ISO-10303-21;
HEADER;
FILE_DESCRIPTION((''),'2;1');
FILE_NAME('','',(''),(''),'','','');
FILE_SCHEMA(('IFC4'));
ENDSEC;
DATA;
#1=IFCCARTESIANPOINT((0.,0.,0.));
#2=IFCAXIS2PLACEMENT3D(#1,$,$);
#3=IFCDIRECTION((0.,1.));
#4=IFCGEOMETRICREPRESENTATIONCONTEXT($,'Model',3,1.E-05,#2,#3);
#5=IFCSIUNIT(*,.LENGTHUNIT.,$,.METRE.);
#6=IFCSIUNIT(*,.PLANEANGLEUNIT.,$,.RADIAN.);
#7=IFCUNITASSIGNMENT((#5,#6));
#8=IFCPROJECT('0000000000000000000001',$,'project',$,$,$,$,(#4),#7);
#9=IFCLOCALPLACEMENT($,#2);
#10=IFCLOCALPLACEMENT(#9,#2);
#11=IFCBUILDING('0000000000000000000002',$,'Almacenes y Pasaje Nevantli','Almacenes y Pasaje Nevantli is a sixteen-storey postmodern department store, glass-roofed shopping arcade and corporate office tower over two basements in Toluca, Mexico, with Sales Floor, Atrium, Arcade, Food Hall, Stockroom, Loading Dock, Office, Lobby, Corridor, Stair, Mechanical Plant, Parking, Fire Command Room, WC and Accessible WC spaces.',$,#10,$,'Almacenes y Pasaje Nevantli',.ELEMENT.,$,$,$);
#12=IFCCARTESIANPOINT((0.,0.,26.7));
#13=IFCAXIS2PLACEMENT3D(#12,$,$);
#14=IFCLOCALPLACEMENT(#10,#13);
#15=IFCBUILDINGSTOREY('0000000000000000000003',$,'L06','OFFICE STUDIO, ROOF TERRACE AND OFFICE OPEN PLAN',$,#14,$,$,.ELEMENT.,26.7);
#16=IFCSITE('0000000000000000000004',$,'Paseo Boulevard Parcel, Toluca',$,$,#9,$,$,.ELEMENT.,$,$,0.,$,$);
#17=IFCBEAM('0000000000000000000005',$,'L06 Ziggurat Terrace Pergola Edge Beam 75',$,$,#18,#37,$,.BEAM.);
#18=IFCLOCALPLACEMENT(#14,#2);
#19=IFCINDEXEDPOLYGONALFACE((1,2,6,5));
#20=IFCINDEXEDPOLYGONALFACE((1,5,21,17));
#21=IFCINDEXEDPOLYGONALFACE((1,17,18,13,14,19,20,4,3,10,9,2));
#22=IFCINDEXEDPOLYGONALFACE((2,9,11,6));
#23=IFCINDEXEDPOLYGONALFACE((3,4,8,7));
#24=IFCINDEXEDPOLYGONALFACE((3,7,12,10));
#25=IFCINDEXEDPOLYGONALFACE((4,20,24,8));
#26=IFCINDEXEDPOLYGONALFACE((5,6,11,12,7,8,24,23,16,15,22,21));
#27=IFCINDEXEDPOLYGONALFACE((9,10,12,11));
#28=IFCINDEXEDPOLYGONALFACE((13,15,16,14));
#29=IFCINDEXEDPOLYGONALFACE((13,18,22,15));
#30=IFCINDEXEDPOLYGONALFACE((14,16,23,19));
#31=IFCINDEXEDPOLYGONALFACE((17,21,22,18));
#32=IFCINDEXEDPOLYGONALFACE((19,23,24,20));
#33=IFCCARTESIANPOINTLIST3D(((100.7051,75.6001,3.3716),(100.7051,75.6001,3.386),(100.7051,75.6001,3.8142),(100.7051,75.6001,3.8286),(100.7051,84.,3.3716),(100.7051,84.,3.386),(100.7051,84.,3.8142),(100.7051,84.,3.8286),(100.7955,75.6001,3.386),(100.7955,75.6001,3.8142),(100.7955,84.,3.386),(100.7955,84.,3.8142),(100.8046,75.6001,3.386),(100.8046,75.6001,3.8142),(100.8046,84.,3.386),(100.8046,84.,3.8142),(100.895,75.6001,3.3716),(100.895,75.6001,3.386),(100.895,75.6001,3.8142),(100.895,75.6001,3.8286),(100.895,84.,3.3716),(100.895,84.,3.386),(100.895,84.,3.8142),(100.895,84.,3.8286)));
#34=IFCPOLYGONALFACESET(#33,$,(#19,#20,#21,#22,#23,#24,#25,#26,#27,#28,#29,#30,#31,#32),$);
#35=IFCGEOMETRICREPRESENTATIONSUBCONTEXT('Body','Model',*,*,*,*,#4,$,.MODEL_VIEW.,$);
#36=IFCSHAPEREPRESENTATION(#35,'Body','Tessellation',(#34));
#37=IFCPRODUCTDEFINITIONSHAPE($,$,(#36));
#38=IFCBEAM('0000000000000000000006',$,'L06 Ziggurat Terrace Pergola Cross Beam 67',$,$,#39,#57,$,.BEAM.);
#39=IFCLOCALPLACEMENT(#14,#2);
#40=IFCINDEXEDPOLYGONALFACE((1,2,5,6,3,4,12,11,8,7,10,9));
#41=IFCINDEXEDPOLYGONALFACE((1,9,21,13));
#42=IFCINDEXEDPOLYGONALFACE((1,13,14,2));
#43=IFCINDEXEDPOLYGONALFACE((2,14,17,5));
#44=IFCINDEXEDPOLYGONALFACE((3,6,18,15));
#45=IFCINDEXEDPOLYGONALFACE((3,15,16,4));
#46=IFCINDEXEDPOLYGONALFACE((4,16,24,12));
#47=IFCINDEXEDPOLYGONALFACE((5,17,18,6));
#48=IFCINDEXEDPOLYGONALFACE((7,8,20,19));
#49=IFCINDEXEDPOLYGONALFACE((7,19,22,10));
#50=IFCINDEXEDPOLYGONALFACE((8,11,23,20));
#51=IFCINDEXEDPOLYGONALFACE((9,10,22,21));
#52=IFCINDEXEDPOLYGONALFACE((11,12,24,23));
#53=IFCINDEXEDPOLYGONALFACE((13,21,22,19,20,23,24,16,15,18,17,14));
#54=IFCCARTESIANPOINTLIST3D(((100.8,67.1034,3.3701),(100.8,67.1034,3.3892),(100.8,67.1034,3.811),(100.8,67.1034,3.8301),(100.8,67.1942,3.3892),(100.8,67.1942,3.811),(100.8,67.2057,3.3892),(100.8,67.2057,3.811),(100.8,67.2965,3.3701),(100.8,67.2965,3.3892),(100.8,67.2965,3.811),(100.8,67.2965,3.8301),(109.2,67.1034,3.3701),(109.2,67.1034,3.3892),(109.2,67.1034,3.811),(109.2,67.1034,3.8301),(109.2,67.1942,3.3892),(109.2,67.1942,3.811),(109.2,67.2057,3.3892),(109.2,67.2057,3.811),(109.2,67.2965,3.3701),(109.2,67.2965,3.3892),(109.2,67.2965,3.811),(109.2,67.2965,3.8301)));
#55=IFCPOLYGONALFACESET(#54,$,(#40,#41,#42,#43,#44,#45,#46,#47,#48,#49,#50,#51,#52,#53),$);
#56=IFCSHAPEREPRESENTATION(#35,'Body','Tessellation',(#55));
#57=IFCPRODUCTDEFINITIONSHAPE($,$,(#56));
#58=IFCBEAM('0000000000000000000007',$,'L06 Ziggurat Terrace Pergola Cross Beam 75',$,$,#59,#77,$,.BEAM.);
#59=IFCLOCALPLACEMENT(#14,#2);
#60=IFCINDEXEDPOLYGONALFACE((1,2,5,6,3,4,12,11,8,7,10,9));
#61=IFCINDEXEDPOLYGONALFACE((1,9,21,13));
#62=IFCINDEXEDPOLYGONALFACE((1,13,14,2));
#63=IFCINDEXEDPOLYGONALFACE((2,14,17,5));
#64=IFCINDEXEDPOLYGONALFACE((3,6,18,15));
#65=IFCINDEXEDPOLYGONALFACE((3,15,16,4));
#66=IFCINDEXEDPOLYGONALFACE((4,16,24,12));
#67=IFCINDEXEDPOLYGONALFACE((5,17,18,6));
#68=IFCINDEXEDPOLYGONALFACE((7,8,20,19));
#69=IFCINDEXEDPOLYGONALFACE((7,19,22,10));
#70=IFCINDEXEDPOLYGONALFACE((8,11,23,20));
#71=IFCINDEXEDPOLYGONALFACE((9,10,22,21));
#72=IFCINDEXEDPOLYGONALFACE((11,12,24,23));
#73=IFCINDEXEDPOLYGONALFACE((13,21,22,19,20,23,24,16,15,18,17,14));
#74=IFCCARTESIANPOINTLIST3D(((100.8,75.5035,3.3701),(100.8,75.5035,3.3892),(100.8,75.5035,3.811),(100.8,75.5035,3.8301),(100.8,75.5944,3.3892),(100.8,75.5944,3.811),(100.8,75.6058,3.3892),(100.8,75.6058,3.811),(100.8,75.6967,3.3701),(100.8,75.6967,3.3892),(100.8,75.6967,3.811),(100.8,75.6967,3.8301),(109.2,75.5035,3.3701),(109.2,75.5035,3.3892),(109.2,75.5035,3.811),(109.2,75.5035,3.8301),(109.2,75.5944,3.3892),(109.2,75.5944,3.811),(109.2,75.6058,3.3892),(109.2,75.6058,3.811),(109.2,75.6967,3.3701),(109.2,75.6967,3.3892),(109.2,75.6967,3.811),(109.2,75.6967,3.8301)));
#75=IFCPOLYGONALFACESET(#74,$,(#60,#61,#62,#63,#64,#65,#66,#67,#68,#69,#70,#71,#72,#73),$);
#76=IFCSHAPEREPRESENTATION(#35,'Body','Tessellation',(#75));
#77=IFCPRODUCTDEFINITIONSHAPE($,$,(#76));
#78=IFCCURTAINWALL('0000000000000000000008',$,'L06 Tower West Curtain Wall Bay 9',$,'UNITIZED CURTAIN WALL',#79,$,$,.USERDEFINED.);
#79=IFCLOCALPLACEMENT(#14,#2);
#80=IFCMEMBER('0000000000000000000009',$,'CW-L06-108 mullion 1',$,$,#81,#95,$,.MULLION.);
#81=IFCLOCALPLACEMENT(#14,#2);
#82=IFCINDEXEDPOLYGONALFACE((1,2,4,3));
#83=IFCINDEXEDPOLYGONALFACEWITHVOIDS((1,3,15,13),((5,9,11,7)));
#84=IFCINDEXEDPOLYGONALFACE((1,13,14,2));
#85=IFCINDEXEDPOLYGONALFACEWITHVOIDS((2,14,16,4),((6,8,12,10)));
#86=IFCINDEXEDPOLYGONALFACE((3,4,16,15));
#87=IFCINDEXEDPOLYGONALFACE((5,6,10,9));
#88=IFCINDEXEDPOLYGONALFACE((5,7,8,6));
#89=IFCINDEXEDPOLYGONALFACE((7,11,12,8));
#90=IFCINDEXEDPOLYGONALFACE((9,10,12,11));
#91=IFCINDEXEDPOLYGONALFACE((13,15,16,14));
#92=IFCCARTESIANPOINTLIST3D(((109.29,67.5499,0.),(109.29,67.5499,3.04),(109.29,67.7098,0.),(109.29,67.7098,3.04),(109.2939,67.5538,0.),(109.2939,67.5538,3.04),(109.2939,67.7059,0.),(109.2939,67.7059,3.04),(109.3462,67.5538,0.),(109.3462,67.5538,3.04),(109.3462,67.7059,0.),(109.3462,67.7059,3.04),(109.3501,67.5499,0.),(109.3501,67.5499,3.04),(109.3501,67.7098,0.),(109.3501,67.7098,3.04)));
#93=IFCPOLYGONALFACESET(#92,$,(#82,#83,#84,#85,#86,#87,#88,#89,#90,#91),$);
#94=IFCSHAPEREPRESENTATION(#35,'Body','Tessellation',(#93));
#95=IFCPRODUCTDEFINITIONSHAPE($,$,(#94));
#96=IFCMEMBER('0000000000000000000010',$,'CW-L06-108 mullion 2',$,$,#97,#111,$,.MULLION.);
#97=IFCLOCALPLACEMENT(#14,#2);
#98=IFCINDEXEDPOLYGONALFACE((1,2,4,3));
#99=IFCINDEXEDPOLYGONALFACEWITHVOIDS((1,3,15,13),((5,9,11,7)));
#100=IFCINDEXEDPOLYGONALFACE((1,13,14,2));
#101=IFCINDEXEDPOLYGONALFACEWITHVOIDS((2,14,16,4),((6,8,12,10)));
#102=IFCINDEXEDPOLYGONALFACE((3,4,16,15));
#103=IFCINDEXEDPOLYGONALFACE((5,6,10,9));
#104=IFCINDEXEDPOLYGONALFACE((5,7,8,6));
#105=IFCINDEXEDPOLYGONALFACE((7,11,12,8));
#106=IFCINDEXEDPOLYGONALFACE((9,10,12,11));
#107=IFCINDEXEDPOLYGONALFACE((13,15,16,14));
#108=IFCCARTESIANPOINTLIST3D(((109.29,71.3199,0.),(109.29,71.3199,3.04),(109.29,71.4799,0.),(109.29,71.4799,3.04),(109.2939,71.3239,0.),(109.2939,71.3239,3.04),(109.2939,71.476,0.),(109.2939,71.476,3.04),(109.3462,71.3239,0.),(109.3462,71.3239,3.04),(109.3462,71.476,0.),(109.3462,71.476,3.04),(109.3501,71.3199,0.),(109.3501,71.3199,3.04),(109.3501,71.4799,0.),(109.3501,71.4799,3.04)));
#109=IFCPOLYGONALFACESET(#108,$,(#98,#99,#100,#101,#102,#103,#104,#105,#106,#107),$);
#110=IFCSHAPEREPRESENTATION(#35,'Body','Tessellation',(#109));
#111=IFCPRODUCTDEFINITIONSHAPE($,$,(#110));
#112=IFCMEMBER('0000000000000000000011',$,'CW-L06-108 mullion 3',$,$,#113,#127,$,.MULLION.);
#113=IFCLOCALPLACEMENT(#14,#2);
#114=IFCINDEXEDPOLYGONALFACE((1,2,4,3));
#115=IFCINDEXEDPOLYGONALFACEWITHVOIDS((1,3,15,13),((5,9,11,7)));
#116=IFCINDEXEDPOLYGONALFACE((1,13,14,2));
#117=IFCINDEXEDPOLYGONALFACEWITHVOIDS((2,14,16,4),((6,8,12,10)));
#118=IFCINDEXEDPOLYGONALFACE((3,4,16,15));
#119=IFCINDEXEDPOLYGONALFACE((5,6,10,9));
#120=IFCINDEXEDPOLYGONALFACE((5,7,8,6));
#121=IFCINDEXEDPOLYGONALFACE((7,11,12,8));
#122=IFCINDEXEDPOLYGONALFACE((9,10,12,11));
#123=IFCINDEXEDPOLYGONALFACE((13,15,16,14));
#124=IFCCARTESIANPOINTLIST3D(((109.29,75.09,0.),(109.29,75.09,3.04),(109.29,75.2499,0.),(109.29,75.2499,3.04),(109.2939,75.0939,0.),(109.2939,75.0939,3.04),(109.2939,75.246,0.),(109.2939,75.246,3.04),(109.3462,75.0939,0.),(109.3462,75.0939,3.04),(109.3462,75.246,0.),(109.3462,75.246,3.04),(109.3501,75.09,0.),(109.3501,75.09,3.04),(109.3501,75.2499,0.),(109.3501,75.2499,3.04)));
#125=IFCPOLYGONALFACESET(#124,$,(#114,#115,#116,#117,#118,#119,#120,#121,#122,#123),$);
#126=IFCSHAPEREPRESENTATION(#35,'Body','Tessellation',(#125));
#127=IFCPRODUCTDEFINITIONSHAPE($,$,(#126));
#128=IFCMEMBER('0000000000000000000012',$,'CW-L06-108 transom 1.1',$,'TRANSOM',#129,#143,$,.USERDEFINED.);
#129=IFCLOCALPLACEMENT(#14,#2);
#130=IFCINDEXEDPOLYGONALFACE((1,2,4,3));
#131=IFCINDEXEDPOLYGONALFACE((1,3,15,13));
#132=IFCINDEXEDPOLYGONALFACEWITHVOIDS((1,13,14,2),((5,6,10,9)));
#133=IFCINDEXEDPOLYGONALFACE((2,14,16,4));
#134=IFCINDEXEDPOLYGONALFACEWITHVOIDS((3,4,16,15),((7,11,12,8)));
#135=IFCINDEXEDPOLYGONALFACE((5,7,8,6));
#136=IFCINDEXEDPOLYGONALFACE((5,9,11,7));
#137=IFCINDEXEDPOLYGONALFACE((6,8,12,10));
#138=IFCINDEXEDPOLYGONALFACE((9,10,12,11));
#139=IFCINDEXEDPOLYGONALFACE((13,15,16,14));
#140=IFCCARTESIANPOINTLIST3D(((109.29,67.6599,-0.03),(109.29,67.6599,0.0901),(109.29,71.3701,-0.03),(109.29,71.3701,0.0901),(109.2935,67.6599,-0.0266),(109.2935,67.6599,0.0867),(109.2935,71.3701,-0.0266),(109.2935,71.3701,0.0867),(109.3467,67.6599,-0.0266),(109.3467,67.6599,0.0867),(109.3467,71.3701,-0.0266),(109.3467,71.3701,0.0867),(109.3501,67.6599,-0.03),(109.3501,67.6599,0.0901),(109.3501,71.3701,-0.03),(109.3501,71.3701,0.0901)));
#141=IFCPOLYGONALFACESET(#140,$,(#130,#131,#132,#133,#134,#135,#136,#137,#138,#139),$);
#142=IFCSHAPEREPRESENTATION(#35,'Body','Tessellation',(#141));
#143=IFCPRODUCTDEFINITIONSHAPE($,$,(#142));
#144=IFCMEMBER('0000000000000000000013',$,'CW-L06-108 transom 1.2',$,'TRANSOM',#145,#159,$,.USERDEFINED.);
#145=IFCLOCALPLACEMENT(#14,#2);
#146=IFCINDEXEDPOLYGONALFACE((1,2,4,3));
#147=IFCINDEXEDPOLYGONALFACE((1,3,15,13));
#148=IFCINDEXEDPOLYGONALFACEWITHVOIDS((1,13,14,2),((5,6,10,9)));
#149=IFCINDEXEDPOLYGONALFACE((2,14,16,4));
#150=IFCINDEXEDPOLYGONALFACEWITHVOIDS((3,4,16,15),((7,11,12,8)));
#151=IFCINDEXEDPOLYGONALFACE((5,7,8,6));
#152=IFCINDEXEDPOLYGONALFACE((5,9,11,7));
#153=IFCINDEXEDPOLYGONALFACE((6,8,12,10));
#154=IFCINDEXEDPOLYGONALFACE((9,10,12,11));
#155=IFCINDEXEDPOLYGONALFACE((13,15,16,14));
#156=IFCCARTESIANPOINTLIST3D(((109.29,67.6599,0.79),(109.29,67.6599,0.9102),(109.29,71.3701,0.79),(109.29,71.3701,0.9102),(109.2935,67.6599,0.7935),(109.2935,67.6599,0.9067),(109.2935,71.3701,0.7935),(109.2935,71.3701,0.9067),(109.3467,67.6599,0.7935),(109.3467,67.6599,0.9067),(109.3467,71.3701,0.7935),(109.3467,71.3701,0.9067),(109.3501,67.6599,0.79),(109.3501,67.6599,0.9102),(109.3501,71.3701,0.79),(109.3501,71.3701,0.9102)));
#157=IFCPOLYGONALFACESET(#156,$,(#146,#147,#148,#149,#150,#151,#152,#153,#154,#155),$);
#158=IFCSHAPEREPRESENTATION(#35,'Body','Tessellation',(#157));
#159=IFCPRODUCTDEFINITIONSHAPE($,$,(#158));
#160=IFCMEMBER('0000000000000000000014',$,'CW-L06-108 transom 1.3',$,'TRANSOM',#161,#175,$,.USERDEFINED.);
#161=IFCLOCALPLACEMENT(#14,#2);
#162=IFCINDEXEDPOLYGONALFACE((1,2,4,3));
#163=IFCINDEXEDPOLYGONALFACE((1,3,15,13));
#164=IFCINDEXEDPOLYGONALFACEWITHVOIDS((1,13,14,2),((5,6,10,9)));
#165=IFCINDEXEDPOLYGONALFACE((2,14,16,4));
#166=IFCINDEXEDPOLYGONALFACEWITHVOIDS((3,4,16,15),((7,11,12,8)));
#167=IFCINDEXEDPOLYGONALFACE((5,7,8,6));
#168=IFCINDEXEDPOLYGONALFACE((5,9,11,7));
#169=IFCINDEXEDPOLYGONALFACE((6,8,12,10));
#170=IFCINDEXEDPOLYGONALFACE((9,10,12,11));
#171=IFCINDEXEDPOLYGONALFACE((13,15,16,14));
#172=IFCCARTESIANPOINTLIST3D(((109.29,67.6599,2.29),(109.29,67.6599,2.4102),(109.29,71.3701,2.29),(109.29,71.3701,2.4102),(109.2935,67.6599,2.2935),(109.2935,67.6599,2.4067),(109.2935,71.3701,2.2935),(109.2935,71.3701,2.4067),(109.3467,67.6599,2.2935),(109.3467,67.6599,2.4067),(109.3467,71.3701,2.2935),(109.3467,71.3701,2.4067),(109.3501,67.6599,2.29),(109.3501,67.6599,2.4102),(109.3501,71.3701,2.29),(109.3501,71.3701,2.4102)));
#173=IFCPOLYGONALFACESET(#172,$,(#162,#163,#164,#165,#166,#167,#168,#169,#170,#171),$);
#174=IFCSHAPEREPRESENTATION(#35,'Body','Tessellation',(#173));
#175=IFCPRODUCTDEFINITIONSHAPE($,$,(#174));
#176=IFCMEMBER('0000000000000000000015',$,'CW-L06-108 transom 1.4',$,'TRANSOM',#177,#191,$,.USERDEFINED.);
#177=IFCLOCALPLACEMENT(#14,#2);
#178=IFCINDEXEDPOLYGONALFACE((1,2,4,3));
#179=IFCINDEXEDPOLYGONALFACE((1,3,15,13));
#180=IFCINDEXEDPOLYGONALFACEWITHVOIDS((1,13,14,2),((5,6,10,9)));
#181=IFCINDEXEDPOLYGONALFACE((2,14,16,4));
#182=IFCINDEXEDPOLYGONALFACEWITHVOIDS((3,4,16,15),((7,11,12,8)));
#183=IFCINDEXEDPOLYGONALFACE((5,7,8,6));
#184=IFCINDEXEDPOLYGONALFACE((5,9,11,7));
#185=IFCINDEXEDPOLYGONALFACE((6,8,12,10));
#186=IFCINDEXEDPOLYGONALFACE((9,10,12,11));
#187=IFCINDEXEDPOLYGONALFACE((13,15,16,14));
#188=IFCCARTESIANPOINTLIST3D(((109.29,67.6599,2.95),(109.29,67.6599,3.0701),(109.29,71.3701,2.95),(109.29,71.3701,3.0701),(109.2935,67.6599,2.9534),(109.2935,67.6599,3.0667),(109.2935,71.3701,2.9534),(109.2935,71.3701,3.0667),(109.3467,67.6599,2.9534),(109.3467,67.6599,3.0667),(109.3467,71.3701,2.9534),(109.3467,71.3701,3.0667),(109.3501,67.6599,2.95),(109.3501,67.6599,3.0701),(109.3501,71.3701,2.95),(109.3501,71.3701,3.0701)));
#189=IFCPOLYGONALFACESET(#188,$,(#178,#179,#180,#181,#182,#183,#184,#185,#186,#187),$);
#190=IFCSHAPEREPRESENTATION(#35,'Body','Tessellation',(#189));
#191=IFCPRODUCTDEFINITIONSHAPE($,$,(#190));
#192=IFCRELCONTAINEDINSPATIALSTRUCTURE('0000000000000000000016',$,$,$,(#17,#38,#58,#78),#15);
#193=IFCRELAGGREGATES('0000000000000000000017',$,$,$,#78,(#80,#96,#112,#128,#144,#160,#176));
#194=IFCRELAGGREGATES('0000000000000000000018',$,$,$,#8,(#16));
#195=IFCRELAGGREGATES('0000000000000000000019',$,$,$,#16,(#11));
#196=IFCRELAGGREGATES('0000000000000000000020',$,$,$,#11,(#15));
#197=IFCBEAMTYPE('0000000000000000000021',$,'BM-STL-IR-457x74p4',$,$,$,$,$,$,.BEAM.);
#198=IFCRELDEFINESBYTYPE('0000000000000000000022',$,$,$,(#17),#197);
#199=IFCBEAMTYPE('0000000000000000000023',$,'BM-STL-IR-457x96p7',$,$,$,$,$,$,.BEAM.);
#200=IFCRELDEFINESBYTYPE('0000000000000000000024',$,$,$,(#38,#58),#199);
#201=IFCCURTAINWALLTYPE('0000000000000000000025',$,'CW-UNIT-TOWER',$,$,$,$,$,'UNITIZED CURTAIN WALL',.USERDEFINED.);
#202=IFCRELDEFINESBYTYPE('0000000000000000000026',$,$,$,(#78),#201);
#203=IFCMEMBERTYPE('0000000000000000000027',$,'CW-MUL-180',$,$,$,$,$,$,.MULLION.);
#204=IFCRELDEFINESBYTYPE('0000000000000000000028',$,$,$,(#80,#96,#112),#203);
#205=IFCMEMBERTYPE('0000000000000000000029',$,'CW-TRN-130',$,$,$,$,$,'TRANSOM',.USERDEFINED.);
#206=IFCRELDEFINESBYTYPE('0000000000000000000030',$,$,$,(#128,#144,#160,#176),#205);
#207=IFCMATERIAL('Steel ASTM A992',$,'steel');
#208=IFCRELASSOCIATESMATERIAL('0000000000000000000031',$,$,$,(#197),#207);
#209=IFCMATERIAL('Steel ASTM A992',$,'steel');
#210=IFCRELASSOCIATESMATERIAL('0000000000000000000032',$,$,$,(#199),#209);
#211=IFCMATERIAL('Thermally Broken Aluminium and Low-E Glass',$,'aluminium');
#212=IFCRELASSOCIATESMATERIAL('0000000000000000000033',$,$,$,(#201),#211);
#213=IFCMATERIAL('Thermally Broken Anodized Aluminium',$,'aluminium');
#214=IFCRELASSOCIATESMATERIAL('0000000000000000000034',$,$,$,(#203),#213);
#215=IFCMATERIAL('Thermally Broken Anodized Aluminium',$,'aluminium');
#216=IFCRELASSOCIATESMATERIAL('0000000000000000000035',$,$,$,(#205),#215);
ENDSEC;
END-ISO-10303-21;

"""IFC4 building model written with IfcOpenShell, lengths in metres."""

from ifc_helpers import new_model, si_unit, direction, frame, origin, origin_2d, place, context, subcontext, project, spatial, hollow_rectangle, i_section, extrude, material, material_profile, profile_set, type_object, element, aggregate, save


model = new_model("IFC4")

# Units and contexts
model_context = context("Model", 3, precision=1e-05, world=origin(), true_north=direction((0.0, 1.0)))
body_context = subcontext(model_context, "Body", "Model", "MODEL_VIEW")
ifc_project = project(units=[si_unit("LENGTHUNIT", "METRE"), si_unit("PLANEANGLEUNIT", "RADIAN")], contexts=[model_context])

# Site, building, storey
site_placement = place(None, origin())
site = spatial("IfcSite", under=ifc_project, at=site_placement, Name="Paseo Boulevard Parcel, Toluca", CompositionType="ELEMENT", RefElevation=0.0)
building_placement = place(site_placement, origin())
building = spatial("IfcBuilding", under=site, at=building_placement, Name="Almacenes y Pasaje Nevantli", Description="Almacenes y Pasaje Nevantli is a sixteen-storey postmodern department store, glass-roofed shopping arcade and corporate office tower over two basements in Toluca, Mexico, with Sales Floor, Atrium, Arcade, Food Hall, Stockroom, Loading Dock, Office, Lobby, Corridor, Stair, Mechanical Plant, Parking, Fire Command Room, WC and Accessible WC spaces.", LongName="Almacenes y Pasaje Nevantli", CompositionType="ELEMENT")
storey_placement = place(building_placement, frame((0.0, 0.0, 26.7)))
storey = spatial("IfcBuildingStorey", under=building, at=storey_placement, Name="L06", Description="OFFICE STUDIO, ROOF TERRACE AND OFFICE OPEN PLAN", CompositionType="ELEMENT", Elevation=26.7)

# Beams
ifc_material_1 = material(Name="Steel ASTM A992", Category="steel")
ifc_material_profile_1 = material_profile(ifc_material_1, i_section(OverallWidth=0.1899, OverallDepth=0.457, WebThickness=0.009, FlangeThickness=0.0144, at=origin_2d()), Name="IR 457x74.4")
ifc_profile_set_1 = profile_set([ifc_material_profile_1], Name="Steel ASTM A992")
beam_type_1 = type_object("IfcBeamType", Name="BM-STL-IR-457x74p4", PredefinedType="BEAM", material=ifc_profile_set_1)
beam_1_placement = place(storey_placement, frame((100.8, 75.6001, 3.6001), z_axis=(0.0, 1.0, 0.0), x_axis=(-1.0, 0.0, 0.0)))
element("IfcBeam", 1, at=beam_1_placement, inside=storey, type_object=beam_type_1, Name="L06 Ziggurat Terrace Pergola Edge Beam 75", PredefinedType="BEAM", context=body_context, shape_type="SweptSolid", body=[
    extrude(i_section(OverallWidth=0.1899, OverallDepth=0.457, WebThickness=0.009, FlangeThickness=0.0144, at=origin_2d()), origin(), (0.0, 0.0, 1.0), 8.3999),
])
ifc_material_2 = material(Name="Steel ASTM A992", Category="steel")
ifc_material_profile_2 = material_profile(ifc_material_2, i_section(OverallWidth=0.1931, OverallDepth=0.46, WebThickness=0.0115, FlangeThickness=0.019, at=origin_2d()), Name="IR 457x96.7")
ifc_profile_set_2 = profile_set([ifc_material_profile_2], Name="Steel ASTM A992")
beam_type_2 = type_object("IfcBeamType", Name="BM-STL-IR-457x96p7", PredefinedType="BEAM", material=ifc_profile_set_2)
for number, where, z_axis, x_axis, name in (
    (2, (100.8, 67.2, 3.6001), (1.0, 0.0, 0.0), (0.0, 1.0, 0.0), "L06 Ziggurat Terrace Pergola Cross Beam 67"),
    (3, (100.8, 75.6001, 3.6001), (1.0, 0.0, 0.0), (0.0, 1.0, 0.0), "L06 Ziggurat Terrace Pergola Cross Beam 75"),
):
    element("IfcBeam", number, at=place(storey_placement, frame(where, z_axis=z_axis, x_axis=x_axis)), inside=storey, type_object=beam_type_2, Name=name, PredefinedType="BEAM", context=body_context, shape_type="SweptSolid", body=[
        extrude(i_section(OverallWidth=0.1931, OverallDepth=0.46, WebThickness=0.0115, FlangeThickness=0.019, at=origin_2d()), origin(), (0.0, 0.0, 1.0), 8.3999),
    ])

# Curtain wall, members
ifc_material_3 = material(Name="Thermally Broken Aluminium and Low-E Glass", Category="aluminium")
curtain_wall_type = type_object("IfcCurtainWallType", Name="CW-UNIT-TOWER", ElementType="UNITIZED CURTAIN WALL", PredefinedType="USERDEFINED", material=ifc_material_3)
curtain_wall_placement = place(storey_placement, origin())
curtain_wall = element("IfcCurtainWall", 4, at=curtain_wall_placement, inside=storey, type_object=curtain_wall_type, Name="L06 Tower West Curtain Wall Bay 9", ObjectType="UNITIZED CURTAIN WALL", PredefinedType="USERDEFINED")
ifc_material_4 = material(Name="Thermally Broken Anodized Aluminium", Category="aluminium")
ifc_material_profile_3 = material_profile(ifc_material_4, hollow_rectangle(XDim=0.0601, YDim=0.1599, WallThickness=0.0039, at=origin_2d()), Name="ALU-MUL-60x160")
ifc_profile_set_3 = profile_set([ifc_material_profile_3], Name="Thermally Broken Anodized Aluminium")
member_type_1 = type_object("IfcMemberType", Name="CW-MUL-180", PredefinedType="MULLION", material=ifc_profile_set_3)
member_1_placement = place(storey_placement, frame((109.3201, 67.6299, 0.0), z_axis=(0.0, 0.0, 1.0), x_axis=(-1.0, 0.0, 0.0)))
member_1 = element("IfcMember", 5, at=member_1_placement, type_object=member_type_1, Name="CW-L06-108 mullion 1", PredefinedType="MULLION", context=body_context, shape_type="SweptSolid", body=[
    extrude(hollow_rectangle(XDim=0.0601, YDim=0.1599, WallThickness=0.0039, at=origin_2d()), origin(), (0.0, 0.0, 1.0), 3.04),
])
member_2_placement = place(storey_placement, frame((109.3201, 71.3999, 0.0), z_axis=(0.0, 0.0, 1.0), x_axis=(-1.0, 0.0, 0.0)))
member_2 = element("IfcMember", 6, at=member_2_placement, type_object=member_type_1, Name="CW-L06-108 mullion 2", PredefinedType="MULLION", context=body_context, shape_type="SweptSolid", body=[
    extrude(hollow_rectangle(XDim=0.0601, YDim=0.1599, WallThickness=0.0039, at=origin_2d()), origin(), (0.0, 0.0, 1.0), 3.04),
])
member_3_placement = place(storey_placement, frame((109.3201, 75.1699, 0.0), z_axis=(0.0, 0.0, 1.0), x_axis=(-1.0, 0.0, 0.0)))
member_3 = element("IfcMember", 7, at=member_3_placement, type_object=member_type_1, Name="CW-L06-108 mullion 3", PredefinedType="MULLION", context=body_context, shape_type="SweptSolid", body=[
    extrude(hollow_rectangle(XDim=0.0601, YDim=0.1599, WallThickness=0.0039, at=origin_2d()), origin(), (0.0, 0.0, 1.0), 3.04),
])
ifc_material_5 = material(Name="Thermally Broken Anodized Aluminium", Category="aluminium")
ifc_material_profile_4 = material_profile(ifc_material_5, hollow_rectangle(XDim=0.0601, YDim=0.1201, WallThickness=0.0034, at=origin_2d()), Name="ALU-TRN-60x120")
ifc_profile_set_4 = profile_set([ifc_material_profile_4], Name="Thermally Broken Anodized Aluminium")
member_type_2 = type_object("IfcMemberType", Name="CW-TRN-130", ElementType="TRANSOM", PredefinedType="USERDEFINED", material=ifc_profile_set_4)
member_4_placement = place(storey_placement, frame((109.3201, 67.6599, 0.03), z_axis=(0.0, 1.0, 0.0), x_axis=(-1.0, 0.0, 0.0)))
member_4 = element("IfcMember", 8, at=member_4_placement, type_object=member_type_2, Name="CW-L06-108 transom 1.1", ObjectType="TRANSOM", PredefinedType="USERDEFINED", context=body_context, shape_type="SweptSolid", body=[
    extrude(hollow_rectangle(XDim=0.0601, YDim=0.1201, WallThickness=0.0034, at=origin_2d()), origin(), (0.0, 0.0, 1.0), 3.7102),
])
member_5_placement = place(storey_placement, frame((109.3201, 67.6599, 0.8501), z_axis=(0.0, 1.0, 0.0), x_axis=(-1.0, 0.0, 0.0)))
member_5 = element("IfcMember", 9, at=member_5_placement, type_object=member_type_2, Name="CW-L06-108 transom 1.2", ObjectType="TRANSOM", PredefinedType="USERDEFINED", context=body_context, shape_type="SweptSolid", body=[
    extrude(hollow_rectangle(XDim=0.0601, YDim=0.1201, WallThickness=0.0034, at=origin_2d()), origin(), (0.0, 0.0, 1.0), 3.7102),
])
member_6_placement = place(storey_placement, frame((109.3201, 67.6599, 2.3501), z_axis=(0.0, 1.0, 0.0), x_axis=(-1.0, 0.0, 0.0)))
member_6 = element("IfcMember", 10, at=member_6_placement, type_object=member_type_2, Name="CW-L06-108 transom 1.3", ObjectType="TRANSOM", PredefinedType="USERDEFINED", context=body_context, shape_type="SweptSolid", body=[
    extrude(hollow_rectangle(XDim=0.0601, YDim=0.1201, WallThickness=0.0034, at=origin_2d()), origin(), (0.0, 0.0, 1.0), 3.7102),
])
member_7_placement = place(storey_placement, frame((109.3201, 67.6599, 3.01), z_axis=(0.0, 1.0, 0.0), x_axis=(-1.0, 0.0, 0.0)))
member_7 = element("IfcMember", 11, at=member_7_placement, type_object=member_type_2, Name="CW-L06-108 transom 1.4", ObjectType="TRANSOM", PredefinedType="USERDEFINED", context=body_context, shape_type="SweptSolid", body=[
    extrude(hollow_rectangle(XDim=0.0601, YDim=0.1201, WallThickness=0.0034, at=origin_2d()), origin(), (0.0, 0.0, 1.0), 3.7102),
])
aggregate(curtain_wall, [member_1, member_2, member_3, member_4, member_5, member_6, member_7])

save(model, "model.ifc")
